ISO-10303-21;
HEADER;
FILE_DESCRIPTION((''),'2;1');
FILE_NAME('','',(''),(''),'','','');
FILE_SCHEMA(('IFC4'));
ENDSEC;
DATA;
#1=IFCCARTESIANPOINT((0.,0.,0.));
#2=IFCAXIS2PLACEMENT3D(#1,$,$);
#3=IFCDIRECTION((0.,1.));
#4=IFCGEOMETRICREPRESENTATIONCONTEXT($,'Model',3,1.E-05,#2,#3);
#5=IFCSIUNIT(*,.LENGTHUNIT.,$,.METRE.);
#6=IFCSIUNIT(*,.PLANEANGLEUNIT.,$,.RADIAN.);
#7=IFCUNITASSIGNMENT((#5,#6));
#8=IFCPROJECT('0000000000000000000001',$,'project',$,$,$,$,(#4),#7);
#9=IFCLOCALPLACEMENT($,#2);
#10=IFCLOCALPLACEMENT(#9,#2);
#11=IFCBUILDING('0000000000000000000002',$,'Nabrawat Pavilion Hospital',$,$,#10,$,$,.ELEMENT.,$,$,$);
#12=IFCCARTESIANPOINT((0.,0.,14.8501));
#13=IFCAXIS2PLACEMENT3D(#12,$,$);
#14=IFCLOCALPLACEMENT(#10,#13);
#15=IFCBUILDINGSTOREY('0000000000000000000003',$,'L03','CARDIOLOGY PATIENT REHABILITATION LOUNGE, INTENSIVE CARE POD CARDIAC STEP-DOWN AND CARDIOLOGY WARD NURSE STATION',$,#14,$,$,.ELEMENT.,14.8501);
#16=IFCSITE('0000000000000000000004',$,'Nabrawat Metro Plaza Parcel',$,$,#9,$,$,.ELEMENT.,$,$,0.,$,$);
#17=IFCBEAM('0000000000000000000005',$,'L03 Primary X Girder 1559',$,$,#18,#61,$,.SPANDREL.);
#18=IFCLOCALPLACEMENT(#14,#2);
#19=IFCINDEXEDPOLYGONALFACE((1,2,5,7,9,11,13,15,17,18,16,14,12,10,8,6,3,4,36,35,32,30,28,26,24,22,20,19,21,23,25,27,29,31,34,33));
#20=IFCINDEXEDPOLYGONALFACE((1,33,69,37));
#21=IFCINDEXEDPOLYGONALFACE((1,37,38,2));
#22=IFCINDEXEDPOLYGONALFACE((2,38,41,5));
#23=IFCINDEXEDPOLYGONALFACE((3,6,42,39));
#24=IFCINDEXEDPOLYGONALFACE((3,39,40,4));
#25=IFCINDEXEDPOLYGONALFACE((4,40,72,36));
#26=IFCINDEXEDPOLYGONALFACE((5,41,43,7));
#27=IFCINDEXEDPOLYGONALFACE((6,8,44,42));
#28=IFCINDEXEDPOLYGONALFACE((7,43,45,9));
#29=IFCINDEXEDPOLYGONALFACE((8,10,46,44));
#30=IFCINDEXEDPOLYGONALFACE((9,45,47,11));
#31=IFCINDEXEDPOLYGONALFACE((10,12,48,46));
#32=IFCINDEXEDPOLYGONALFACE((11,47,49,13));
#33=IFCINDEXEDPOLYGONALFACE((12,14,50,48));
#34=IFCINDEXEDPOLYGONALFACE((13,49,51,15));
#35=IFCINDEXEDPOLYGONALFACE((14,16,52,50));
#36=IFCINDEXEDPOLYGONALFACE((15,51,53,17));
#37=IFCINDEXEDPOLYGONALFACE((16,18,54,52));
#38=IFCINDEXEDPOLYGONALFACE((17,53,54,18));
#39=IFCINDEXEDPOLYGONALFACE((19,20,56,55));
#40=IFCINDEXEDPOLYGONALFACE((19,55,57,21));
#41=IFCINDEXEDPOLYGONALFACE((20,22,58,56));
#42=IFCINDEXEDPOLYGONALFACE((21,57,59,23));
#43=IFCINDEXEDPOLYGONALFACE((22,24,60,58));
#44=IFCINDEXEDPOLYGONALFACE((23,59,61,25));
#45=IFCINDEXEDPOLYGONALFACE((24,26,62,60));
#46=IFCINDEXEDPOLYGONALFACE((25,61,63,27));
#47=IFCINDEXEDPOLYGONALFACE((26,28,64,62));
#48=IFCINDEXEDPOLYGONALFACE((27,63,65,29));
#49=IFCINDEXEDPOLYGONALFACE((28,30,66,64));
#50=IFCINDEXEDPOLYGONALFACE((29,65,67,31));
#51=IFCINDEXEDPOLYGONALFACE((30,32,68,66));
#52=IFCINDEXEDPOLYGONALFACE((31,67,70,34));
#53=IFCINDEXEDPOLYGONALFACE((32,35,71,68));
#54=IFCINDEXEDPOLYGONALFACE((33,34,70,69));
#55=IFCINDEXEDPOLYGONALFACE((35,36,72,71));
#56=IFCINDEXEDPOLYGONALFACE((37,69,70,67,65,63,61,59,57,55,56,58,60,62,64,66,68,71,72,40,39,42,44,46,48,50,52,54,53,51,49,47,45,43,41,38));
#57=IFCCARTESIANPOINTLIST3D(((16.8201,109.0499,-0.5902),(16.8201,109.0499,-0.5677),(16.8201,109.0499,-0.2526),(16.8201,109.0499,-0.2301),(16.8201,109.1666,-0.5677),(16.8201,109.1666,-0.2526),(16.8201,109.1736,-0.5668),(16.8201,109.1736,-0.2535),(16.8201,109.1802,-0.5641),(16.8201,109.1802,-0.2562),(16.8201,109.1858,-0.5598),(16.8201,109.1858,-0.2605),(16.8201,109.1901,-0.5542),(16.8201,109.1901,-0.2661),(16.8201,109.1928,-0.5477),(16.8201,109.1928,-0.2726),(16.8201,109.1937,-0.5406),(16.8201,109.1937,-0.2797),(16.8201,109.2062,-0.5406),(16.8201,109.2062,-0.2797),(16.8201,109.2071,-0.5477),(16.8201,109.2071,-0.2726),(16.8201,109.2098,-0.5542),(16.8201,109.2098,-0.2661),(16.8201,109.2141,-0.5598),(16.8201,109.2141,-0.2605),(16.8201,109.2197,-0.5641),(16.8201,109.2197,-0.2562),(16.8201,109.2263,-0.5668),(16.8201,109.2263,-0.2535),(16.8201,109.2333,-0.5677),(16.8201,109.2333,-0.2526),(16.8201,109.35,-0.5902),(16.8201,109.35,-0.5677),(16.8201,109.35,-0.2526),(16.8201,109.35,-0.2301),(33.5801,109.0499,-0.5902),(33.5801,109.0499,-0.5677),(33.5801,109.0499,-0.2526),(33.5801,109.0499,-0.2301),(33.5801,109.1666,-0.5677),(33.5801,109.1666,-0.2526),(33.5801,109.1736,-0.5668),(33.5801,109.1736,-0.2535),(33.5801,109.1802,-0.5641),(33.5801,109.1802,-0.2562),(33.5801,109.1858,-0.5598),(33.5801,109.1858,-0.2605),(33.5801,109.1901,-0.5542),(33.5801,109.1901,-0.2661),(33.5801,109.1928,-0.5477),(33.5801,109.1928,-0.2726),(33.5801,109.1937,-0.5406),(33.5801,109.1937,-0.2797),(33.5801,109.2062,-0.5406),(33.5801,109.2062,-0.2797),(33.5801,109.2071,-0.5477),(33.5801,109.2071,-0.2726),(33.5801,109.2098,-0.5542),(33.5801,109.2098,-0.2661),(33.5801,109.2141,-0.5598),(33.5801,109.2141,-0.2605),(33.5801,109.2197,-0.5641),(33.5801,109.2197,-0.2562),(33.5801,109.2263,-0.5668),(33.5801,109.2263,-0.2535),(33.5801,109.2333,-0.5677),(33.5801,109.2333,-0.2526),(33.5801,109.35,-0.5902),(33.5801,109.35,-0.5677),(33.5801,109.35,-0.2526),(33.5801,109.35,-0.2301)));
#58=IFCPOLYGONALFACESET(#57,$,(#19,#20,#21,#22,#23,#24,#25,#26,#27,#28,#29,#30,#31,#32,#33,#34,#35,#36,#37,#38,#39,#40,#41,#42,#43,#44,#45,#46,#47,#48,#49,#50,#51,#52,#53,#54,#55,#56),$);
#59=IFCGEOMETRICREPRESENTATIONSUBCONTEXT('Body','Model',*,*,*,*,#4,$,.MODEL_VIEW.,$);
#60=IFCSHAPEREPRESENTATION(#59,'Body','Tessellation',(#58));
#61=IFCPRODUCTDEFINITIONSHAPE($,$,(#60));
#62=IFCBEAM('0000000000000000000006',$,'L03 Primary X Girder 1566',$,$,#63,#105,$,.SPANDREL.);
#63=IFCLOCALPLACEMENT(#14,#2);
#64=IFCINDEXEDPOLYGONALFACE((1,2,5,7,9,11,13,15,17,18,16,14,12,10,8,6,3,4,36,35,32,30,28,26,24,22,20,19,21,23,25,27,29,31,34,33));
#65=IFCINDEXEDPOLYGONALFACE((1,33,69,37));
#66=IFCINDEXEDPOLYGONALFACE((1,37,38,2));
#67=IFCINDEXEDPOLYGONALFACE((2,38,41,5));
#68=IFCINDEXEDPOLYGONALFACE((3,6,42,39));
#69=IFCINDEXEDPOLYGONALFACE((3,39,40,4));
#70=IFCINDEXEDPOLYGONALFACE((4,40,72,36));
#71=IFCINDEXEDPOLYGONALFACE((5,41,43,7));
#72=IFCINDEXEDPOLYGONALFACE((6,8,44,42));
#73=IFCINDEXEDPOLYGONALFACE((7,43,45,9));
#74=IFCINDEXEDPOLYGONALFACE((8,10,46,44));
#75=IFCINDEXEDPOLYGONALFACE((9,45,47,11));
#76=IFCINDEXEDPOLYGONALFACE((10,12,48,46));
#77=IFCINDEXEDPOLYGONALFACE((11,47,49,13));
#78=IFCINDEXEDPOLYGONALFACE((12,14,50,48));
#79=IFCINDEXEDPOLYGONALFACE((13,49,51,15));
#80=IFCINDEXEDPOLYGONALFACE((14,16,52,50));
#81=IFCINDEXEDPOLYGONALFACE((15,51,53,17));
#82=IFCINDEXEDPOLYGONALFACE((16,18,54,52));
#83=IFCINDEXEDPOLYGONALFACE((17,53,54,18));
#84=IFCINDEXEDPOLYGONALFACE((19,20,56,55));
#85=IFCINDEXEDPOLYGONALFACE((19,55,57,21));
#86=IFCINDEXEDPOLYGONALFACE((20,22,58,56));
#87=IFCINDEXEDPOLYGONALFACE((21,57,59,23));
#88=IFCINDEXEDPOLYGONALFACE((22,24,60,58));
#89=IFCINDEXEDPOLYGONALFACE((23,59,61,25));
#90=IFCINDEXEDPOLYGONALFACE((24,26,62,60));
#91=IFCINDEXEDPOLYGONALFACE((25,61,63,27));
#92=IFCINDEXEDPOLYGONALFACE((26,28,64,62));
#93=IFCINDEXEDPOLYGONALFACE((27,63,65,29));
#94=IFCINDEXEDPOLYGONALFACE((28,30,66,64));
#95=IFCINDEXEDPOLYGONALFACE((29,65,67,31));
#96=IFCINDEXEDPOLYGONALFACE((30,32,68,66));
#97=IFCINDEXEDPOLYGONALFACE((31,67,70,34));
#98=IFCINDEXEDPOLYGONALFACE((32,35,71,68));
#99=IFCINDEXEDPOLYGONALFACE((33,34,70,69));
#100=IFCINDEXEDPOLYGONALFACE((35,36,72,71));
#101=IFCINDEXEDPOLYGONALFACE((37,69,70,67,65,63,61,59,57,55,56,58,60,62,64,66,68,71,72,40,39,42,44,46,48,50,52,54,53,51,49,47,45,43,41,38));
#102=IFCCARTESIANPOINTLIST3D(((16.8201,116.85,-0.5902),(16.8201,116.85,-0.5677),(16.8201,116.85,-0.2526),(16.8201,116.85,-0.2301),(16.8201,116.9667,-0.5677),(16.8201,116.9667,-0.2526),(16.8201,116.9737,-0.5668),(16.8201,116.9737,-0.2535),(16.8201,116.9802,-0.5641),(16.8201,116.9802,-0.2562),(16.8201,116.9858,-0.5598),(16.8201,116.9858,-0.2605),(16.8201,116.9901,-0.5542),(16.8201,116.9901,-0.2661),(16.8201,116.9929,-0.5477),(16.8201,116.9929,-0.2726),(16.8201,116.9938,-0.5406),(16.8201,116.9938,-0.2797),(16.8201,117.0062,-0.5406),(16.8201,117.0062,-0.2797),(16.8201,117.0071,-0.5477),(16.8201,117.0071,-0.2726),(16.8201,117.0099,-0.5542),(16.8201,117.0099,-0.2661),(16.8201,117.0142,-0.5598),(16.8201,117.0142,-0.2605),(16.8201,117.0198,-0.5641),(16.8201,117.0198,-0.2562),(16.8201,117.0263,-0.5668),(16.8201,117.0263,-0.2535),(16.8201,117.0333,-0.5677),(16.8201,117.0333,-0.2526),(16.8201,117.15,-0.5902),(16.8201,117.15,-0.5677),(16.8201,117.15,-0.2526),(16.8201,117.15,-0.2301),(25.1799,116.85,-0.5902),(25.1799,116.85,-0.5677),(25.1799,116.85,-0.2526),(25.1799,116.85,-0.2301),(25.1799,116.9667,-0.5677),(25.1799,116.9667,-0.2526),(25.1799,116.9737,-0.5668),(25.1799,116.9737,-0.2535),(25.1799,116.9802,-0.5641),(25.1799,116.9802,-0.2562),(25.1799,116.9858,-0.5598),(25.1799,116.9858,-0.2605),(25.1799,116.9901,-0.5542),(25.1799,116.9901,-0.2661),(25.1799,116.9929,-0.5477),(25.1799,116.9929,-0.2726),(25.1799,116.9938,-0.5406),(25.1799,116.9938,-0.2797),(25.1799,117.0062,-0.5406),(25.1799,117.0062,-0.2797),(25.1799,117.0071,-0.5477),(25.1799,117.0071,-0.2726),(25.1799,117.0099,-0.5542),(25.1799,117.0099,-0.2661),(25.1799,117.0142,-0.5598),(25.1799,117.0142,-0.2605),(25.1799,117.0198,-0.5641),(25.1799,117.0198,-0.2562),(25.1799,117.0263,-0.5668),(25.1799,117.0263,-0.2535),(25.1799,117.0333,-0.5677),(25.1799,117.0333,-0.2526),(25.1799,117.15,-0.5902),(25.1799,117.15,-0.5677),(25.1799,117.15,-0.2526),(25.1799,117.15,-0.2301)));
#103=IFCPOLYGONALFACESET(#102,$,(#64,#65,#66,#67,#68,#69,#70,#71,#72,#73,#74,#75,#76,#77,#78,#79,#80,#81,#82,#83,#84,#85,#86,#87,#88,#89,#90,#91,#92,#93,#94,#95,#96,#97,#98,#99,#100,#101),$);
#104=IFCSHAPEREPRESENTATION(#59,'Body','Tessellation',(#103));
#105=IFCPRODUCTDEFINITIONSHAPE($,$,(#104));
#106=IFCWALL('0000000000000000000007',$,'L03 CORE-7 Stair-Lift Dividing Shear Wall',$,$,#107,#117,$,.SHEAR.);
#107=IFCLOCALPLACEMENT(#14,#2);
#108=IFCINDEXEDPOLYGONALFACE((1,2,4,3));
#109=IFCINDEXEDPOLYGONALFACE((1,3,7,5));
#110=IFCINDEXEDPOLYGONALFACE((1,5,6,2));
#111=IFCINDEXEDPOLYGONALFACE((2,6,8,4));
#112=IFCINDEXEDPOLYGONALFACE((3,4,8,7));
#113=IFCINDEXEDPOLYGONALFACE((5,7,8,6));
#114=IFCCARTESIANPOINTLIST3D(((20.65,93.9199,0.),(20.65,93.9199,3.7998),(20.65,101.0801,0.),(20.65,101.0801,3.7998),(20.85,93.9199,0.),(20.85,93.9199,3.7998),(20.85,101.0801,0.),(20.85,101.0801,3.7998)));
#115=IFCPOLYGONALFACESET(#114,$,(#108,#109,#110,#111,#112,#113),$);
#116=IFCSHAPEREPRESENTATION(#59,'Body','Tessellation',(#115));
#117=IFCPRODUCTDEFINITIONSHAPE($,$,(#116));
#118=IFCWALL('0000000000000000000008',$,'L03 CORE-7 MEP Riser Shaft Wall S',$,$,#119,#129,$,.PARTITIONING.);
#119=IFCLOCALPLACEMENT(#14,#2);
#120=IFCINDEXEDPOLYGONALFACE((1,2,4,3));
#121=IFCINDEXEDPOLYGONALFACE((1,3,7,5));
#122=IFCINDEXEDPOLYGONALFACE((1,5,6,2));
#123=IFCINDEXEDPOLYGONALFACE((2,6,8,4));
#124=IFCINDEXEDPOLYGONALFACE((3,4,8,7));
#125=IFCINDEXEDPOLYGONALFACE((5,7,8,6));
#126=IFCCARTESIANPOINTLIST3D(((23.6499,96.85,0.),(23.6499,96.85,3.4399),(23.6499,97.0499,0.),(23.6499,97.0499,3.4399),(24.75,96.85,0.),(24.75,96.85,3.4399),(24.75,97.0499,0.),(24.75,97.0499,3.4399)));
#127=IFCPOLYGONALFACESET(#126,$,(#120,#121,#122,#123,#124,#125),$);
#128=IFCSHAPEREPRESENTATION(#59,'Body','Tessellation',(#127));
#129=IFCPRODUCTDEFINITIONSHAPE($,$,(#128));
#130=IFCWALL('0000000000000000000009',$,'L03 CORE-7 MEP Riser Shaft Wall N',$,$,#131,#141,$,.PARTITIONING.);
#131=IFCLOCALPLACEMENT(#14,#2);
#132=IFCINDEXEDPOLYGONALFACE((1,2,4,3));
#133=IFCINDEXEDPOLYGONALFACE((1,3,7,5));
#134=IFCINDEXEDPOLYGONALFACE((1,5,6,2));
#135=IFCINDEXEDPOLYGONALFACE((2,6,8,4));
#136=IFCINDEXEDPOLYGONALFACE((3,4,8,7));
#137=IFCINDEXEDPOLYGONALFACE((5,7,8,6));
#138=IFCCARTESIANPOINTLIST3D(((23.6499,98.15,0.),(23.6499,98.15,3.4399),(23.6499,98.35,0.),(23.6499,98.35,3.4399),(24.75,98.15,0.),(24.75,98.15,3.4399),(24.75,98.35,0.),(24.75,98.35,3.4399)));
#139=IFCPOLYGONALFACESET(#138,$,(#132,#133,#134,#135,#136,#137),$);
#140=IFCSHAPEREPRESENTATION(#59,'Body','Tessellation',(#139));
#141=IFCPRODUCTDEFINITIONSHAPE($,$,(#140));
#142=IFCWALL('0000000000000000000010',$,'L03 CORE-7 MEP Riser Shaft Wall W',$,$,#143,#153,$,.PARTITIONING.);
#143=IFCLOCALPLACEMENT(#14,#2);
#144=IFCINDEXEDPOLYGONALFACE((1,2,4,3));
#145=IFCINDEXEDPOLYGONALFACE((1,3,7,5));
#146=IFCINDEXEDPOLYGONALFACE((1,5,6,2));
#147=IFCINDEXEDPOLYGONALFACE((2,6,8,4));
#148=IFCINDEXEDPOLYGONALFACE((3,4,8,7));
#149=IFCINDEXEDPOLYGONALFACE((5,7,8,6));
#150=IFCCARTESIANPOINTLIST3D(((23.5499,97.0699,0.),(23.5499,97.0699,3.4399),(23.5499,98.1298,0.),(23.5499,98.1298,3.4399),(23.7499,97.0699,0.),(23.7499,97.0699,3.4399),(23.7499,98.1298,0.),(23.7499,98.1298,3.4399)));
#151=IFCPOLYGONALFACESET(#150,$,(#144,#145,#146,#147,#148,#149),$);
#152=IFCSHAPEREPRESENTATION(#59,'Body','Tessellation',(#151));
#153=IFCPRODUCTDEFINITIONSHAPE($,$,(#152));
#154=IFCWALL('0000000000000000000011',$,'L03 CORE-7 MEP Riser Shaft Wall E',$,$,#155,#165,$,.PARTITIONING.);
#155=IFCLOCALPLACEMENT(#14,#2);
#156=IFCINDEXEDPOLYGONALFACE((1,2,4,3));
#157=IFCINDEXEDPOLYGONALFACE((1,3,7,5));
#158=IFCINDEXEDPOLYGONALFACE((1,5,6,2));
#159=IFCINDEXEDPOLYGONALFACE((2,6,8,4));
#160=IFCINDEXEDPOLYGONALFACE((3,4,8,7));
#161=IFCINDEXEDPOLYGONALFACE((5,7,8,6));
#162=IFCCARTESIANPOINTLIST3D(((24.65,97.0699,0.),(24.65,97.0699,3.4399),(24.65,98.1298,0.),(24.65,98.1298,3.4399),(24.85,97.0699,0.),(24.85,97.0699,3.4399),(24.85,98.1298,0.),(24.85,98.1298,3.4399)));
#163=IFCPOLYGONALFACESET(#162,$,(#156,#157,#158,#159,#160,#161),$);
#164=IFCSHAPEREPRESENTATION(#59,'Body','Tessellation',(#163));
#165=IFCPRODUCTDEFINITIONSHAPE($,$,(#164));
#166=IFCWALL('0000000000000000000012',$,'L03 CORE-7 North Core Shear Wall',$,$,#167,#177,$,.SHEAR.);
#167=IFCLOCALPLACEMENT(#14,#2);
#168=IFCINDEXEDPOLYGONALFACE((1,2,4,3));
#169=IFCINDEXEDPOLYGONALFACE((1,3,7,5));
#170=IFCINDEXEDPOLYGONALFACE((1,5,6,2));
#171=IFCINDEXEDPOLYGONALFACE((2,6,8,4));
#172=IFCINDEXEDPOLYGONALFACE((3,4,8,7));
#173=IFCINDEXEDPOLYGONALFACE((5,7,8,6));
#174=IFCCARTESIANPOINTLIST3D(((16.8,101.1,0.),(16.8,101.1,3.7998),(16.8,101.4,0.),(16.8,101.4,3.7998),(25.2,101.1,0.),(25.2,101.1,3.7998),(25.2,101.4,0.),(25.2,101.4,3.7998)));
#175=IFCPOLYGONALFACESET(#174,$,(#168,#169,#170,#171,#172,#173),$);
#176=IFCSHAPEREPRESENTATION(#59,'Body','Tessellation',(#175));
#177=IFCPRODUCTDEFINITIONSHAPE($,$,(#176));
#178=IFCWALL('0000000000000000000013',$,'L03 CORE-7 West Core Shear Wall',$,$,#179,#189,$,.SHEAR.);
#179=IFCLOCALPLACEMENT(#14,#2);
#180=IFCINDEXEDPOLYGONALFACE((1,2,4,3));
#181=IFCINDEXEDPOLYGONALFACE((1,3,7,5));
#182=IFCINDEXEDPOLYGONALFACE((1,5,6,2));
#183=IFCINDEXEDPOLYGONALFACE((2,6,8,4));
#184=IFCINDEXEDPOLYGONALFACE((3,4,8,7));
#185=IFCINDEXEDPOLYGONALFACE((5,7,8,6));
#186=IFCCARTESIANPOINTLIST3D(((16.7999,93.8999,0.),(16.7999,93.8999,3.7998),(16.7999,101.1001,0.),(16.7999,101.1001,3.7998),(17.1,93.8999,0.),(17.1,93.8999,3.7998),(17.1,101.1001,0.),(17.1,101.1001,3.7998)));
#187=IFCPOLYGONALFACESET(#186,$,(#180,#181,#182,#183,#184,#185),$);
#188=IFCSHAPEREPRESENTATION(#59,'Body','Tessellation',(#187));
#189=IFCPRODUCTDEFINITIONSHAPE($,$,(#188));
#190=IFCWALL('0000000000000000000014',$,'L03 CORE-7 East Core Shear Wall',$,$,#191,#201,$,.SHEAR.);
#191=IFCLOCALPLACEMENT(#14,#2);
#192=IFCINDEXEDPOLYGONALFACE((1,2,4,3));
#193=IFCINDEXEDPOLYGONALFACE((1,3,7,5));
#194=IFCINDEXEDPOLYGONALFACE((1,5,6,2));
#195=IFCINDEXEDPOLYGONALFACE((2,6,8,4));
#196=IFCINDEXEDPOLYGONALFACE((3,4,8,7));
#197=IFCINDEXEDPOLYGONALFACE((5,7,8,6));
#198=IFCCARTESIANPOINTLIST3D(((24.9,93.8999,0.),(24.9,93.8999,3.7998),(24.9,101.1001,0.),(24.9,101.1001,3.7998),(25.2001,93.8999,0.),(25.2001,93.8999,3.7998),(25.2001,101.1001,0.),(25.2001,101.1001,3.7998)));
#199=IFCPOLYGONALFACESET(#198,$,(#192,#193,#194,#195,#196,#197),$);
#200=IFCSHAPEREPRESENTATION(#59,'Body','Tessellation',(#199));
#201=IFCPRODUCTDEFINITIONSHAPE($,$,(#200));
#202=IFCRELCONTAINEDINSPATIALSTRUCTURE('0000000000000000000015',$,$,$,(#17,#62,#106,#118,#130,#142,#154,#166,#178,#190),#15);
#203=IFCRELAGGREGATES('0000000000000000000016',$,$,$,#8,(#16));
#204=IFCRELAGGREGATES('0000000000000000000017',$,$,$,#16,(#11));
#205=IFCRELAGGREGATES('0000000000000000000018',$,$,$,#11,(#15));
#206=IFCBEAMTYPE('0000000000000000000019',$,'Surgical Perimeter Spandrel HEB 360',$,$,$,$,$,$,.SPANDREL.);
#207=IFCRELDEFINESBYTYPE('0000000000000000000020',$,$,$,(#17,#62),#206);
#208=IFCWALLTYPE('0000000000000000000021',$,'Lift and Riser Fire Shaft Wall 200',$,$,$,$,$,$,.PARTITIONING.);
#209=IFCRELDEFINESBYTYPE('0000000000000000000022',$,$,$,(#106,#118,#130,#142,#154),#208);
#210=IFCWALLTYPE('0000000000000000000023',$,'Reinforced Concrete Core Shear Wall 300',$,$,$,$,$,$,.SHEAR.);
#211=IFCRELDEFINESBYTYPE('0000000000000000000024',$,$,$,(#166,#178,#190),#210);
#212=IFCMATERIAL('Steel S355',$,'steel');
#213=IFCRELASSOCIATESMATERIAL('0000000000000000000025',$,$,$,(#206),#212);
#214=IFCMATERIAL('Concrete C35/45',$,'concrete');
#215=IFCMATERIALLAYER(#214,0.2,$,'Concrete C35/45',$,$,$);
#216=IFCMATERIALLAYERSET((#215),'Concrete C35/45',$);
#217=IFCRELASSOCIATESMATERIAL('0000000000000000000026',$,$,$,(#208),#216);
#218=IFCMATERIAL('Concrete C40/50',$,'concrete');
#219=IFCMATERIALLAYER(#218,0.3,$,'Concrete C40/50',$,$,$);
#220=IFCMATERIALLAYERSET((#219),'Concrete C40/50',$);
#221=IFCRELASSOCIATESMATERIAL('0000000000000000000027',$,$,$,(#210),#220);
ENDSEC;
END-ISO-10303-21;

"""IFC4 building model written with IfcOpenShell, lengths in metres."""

from ifc_helpers import new_model, si_unit, direction, frame, frame_2d, origin, origin_2d, place, context, subcontext, project, spatial, rectangle, i_section, extrude, material, layer, layer_set, material_profile, profile_set, type_object, element, save


model = new_model("IFC4")

# Units and contexts
model_context = context("Model", 3, precision=1e-05, world=origin(), true_north=direction((0.0, 1.0)))
body_context = subcontext(model_context, "Body", "Model", "MODEL_VIEW")
ifc_project = project(units=[si_unit("LENGTHUNIT", "METRE"), si_unit("PLANEANGLEUNIT", "RADIAN")], contexts=[model_context])

# Site, building, storey
site_placement = place(None, origin())
site = spatial("IfcSite", under=ifc_project, at=site_placement, Name="Nabrawat Metro Plaza Parcel", CompositionType="ELEMENT", RefElevation=0.0)
building_placement = place(site_placement, origin())
building = spatial("IfcBuilding", under=site, at=building_placement, Name="Nabrawat Pavilion Hospital", CompositionType="ELEMENT")
storey_placement = place(building_placement, frame((0.0, 0.0, 14.8501)))
storey = spatial("IfcBuildingStorey", under=building, at=storey_placement, Name="L03", Description="CARDIOLOGY PATIENT REHABILITATION LOUNGE, INTENSIVE CARE POD CARDIAC STEP-DOWN AND CARDIOLOGY WARD NURSE STATION", CompositionType="ELEMENT", Elevation=14.8501)

# Shared definitions
ifc_material_1 = material(Name="Steel S355", Category="steel")

# Beams
ifc_material_profile_1 = material_profile(ifc_material_1, i_section(OverallWidth=0.3, OverallDepth=0.3601, WebThickness=0.0125, FlangeThickness=0.0225, FilletRadius=0.0271, at=origin_2d()), Name="HEB 360")
ifc_profile_set_1 = profile_set([ifc_material_profile_1], Name="Steel S355")
beam_type_1 = type_object("IfcBeamType", Name="Surgical Perimeter Spandrel HEB 360", PredefinedType="SPANDREL", material=ifc_profile_set_1)
beam_1_placement = place(storey_placement, frame((16.8201, 109.2, -0.4102), z_axis=(1.0, 0.0, 0.0), x_axis=(0.0, 1.0, 0.0)))
element("IfcBeam", 1, at=beam_1_placement, inside=storey, type_object=beam_type_1, Name="L03 Primary X Girder 1559", PredefinedType="SPANDREL", context=body_context, shape_type="SweptSolid", body=[
    extrude(i_section(OverallWidth=0.3, OverallDepth=0.3601, WebThickness=0.0125, FlangeThickness=0.0225, FilletRadius=0.0271, at=origin_2d()), origin(), (0.0, 0.0, 1.0), 16.76),
])
beam_2_placement = place(storey_placement, frame((16.8201, 117.0, -0.4102), z_axis=(1.0, 0.0, 0.0), x_axis=(0.0, 1.0, 0.0)))
element("IfcBeam", 2, at=beam_2_placement, inside=storey, type_object=beam_type_1, Name="L03 Primary X Girder 1566", PredefinedType="SPANDREL", context=body_context, shape_type="SweptSolid", body=[
    extrude(i_section(OverallWidth=0.3, OverallDepth=0.3601, WebThickness=0.0125, FlangeThickness=0.0225, FilletRadius=0.0271, at=origin_2d()), origin(), (0.0, 0.0, 1.0), 8.3599),
])

# Walls
ifc_material_2 = material(Name="Concrete C35/45", Category="concrete")
ifc_layer_1 = layer(ifc_material_2, 0.2, Name="Concrete C35/45")
ifc_layer_set_1 = layer_set([ifc_layer_1], Name="Concrete C35/45")
wall_type_1 = type_object("IfcWallType", Name="Lift and Riser Fire Shaft Wall 200", PredefinedType="PARTITIONING", material=ifc_layer_set_1)
wall_1_placement = place(storey_placement, frame((20.75, 93.9199, 0.0), z_axis=(0.0, 0.0, 1.0), x_axis=(0.0, 1.0, 0.0)))
element("IfcWall", 3, at=wall_1_placement, inside=storey, type_object=wall_type_1, Name="L03 CORE-7 Stair-Lift Dividing Shear Wall", PredefinedType="SHEAR", context=body_context, shape_type="SweptSolid", body=[
    extrude(rectangle(XDim=7.1602, YDim=0.2, at=frame_2d((3.5801, 0.0))), origin(), (0.0, 0.0, 1.0), 3.7998),
])
for number, where, z_axis, x_axis, name in (
    (4, (23.6499, 96.95, 0.0), (0.0, 0.0, 1.0), (1.0, 0.0, 0.0), "L03 CORE-7 MEP Riser Shaft Wall S"),
    (5, (23.6499, 98.25, 0.0), (0.0, 0.0, 1.0), (1.0, 0.0, 0.0), "L03 CORE-7 MEP Riser Shaft Wall N"),
):
    element("IfcWall", number, at=place(storey_placement, frame(where, z_axis=z_axis, x_axis=x_axis)), inside=storey, type_object=wall_type_1, Name=name, PredefinedType="PARTITIONING", context=body_context, shape_type="SweptSolid", body=[
        extrude(rectangle(XDim=1.1001, YDim=0.2, at=frame_2d((0.55, 0.0))), origin(), (0.0, 0.0, 1.0), 3.4399),
    ])
for number, where, z_axis, x_axis, name in (
    (6, (23.6499, 97.0701, 0.0), (0.0, 0.0, 1.0), (0.0, 1.0, 0.0), "L03 CORE-7 MEP Riser Shaft Wall W"),
    (7, (24.75, 97.0701, 0.0), (0.0, 0.0, 1.0), (0.0, 1.0, 0.0), "L03 CORE-7 MEP Riser Shaft Wall E"),
):
    element("IfcWall", number, at=place(storey_placement, frame(where, z_axis=z_axis, x_axis=x_axis)), inside=storey, type_object=wall_type_1, Name=name, PredefinedType="PARTITIONING", context=body_context, shape_type="SweptSolid", body=[
        extrude(rectangle(XDim=1.0598, YDim=0.2, at=frame_2d((0.5298, 0.0))), origin(), (0.0, 0.0, 1.0), 3.4399),
    ])

# Shared definitions
ifc_material_3 = material(Name="Concrete C40/50", Category="concrete")
ifc_layer_2 = layer(ifc_material_3, 0.3, Name="Concrete C40/50")
ifc_layer_set_2 = layer_set([ifc_layer_2], Name="Concrete C40/50")
wall_type_2 = type_object("IfcWallType", Name="Reinforced Concrete Core Shear Wall 300", PredefinedType="SHEAR", material=ifc_layer_set_2)

# Walls
wall_2_placement = place(storey_placement, frame((16.8, 101.25, 0.0), z_axis=(0.0, 0.0, 1.0), x_axis=(1.0, 0.0, 0.0)))
element("IfcWall", 8, at=wall_2_placement, inside=storey, type_object=wall_type_2, Name="L03 CORE-7 North Core Shear Wall", PredefinedType="SHEAR", context=body_context, shape_type="SweptSolid", body=[
    extrude(rectangle(XDim=8.3999, YDim=0.3, at=frame_2d((4.2, 0.0))), origin(), (0.0, 0.0, 1.0), 3.7998),
])
for number, where, z_axis, x_axis, name in (
    (9, (16.95, 93.8999, 0.0), (0.0, 0.0, 1.0), (0.0, 1.0, 0.0), "L03 CORE-7 West Core Shear Wall"),
    (10, (25.05, 93.8999, 0.0), (0.0, 0.0, 1.0), (0.0, 1.0, 0.0), "L03 CORE-7 East Core Shear Wall"),
):
    element("IfcWall", number, at=place(storey_placement, frame(where, z_axis=z_axis, x_axis=x_axis)), inside=storey, type_object=wall_type_2, Name=name, PredefinedType="SHEAR", context=body_context, shape_type="SweptSolid", body=[
        extrude(rectangle(XDim=7.2002, YDim=0.3, at=frame_2d((3.6001, 0.0))), origin(), (0.0, 0.0, 1.0), 3.7998),
    ])

save(model, "model.ifc")
